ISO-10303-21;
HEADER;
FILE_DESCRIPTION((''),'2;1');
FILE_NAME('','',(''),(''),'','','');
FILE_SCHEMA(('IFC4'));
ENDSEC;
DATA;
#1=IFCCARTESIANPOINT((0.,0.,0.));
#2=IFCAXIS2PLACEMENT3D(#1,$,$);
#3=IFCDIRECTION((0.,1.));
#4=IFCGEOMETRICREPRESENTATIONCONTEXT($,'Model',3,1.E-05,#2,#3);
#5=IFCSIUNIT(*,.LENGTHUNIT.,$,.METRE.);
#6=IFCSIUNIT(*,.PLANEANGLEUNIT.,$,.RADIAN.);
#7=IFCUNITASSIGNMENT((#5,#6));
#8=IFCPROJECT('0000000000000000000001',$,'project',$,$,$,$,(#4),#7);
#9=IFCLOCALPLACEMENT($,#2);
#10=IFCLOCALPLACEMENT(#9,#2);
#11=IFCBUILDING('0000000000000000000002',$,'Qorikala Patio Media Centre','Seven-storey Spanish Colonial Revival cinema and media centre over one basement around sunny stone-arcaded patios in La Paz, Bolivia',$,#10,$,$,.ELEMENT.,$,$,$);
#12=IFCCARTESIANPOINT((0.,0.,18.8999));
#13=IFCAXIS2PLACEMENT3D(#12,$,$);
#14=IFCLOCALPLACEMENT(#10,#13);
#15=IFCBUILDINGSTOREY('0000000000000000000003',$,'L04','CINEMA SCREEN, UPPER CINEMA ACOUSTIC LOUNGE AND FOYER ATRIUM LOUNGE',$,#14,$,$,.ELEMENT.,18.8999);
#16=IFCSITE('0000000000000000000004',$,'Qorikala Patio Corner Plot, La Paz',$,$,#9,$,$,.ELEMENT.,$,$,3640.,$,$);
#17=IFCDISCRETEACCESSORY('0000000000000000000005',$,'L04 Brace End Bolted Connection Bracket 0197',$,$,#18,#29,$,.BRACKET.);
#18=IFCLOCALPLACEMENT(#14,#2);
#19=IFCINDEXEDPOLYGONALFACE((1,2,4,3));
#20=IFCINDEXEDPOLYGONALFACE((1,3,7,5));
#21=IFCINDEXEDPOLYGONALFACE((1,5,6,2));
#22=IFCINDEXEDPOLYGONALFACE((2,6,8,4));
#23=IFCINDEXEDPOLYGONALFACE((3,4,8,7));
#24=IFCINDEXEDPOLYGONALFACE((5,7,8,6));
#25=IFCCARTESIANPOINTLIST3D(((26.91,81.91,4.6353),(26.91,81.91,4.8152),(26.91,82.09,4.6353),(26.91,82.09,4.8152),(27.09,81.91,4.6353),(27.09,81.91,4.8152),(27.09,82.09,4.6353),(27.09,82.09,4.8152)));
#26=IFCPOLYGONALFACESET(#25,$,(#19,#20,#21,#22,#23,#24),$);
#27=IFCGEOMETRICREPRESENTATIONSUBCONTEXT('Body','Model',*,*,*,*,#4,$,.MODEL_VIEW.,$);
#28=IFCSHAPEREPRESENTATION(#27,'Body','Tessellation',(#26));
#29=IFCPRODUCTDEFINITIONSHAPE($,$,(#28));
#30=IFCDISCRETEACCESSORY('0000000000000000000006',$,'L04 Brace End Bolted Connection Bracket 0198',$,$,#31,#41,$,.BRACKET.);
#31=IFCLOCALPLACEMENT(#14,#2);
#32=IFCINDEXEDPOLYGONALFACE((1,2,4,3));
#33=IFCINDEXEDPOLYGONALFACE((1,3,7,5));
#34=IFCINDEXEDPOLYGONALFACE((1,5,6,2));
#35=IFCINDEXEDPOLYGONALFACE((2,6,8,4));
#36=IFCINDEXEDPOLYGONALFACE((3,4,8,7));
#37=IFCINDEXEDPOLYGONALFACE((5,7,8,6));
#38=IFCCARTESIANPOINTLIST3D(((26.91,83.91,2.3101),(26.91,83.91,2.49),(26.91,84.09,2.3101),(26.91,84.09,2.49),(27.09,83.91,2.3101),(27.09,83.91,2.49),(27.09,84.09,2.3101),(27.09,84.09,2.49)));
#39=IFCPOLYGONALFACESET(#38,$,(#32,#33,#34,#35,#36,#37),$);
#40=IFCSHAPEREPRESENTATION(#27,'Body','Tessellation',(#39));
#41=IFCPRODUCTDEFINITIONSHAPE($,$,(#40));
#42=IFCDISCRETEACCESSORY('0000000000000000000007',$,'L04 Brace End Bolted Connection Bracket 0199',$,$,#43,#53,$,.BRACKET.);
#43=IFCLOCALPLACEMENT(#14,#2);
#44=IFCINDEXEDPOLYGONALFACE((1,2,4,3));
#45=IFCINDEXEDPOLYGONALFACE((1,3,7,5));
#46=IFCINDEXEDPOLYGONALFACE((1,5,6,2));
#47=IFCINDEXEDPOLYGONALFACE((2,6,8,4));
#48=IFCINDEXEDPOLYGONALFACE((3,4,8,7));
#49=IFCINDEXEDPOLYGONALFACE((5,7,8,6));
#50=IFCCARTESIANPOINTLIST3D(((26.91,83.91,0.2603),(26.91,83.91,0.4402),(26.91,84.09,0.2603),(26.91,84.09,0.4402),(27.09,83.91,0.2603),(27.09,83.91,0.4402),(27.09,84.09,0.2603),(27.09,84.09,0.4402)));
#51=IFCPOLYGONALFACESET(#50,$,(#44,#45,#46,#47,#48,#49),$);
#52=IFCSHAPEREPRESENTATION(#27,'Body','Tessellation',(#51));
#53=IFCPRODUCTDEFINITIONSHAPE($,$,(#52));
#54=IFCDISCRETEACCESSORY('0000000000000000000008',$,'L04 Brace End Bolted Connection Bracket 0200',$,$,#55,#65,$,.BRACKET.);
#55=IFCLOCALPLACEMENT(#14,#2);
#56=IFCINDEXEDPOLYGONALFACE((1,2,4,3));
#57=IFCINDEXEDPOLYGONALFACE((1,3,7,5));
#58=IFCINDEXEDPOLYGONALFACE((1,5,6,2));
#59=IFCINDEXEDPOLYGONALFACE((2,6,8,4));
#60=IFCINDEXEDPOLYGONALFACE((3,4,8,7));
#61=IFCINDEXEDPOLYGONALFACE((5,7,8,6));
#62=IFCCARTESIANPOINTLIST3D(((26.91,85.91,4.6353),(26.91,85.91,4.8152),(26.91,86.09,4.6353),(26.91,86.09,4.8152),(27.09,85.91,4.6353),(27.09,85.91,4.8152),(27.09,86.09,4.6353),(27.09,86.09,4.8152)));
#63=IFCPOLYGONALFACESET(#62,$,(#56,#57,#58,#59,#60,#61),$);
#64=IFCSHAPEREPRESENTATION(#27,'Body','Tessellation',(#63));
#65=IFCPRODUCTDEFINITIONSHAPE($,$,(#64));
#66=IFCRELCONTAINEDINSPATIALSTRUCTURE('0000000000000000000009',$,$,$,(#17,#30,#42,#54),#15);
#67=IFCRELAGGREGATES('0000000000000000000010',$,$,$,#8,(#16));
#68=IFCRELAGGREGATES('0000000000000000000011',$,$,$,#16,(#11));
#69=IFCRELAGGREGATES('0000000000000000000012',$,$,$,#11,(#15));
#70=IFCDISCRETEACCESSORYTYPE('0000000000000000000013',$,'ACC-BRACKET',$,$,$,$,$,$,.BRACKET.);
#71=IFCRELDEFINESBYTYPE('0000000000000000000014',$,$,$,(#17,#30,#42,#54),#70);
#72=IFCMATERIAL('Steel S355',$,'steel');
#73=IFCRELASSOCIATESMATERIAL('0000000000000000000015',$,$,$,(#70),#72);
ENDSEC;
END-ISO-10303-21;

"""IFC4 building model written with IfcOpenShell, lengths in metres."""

from ifc_helpers import new_model, si_unit, direction, frame, origin, origin_2d, place, context, subcontext, project, spatial, rectangle, extrude, material, type_object, element, save


model = new_model("IFC4")

# Units and contexts
model_context = context("Model", 3, precision=1e-05, world=origin(), true_north=direction((0.0, 1.0)))
body_context = subcontext(model_context, "Body", "Model", "MODEL_VIEW")
ifc_project = project(units=[si_unit("LENGTHUNIT", "METRE"), si_unit("PLANEANGLEUNIT", "RADIAN")], contexts=[model_context])

# Site, building, storey
site_placement = place(None, origin())
site = spatial("IfcSite", under=ifc_project, at=site_placement, Name="Qorikala Patio Corner Plot, La Paz", CompositionType="ELEMENT", RefElevation=3640.0)
building_placement = place(site_placement, origin())
building = spatial("IfcBuilding", under=site, at=building_placement, Name="Qorikala Patio Media Centre", Description="Seven-storey Spanish Colonial Revival cinema and media centre over one basement around sunny stone-arcaded patios in La Paz, Bolivia", CompositionType="ELEMENT")
storey_placement = place(building_placement, frame((0.0, 0.0, 18.8999)))
storey = spatial("IfcBuildingStorey", under=building, at=storey_placement, Name="L04", Description="CINEMA SCREEN, UPPER CINEMA ACOUSTIC LOUNGE AND FOYER ATRIUM LOUNGE", CompositionType="ELEMENT", Elevation=18.8999)

# Shared definitions
ifc_material_1 = material(Name="Steel S355", Category="steel")

# Discrete accessories
discrete_accessory_type = type_object("IfcDiscreteAccessoryType", Name="ACC-BRACKET", PredefinedType="BRACKET", material=ifc_material_1)
for number, where, z_axis, x_axis, name in (
    (1, (27.0, 82.0, 4.6353), (0.0, 0.0, 1.0), (1.0, 0.0, 0.0), "L04 Brace End Bolted Connection Bracket 0197"),
    (2, (27.0, 84.0, 2.3101), (0.0, 0.0, 1.0), (1.0, 0.0, 0.0), "L04 Brace End Bolted Connection Bracket 0198"),
    (3, (27.0, 84.0, 0.2603), (0.0, 0.0, 1.0), (1.0, 0.0, 0.0), "L04 Brace End Bolted Connection Bracket 0199"),
    (4, (27.0, 86.0, 4.6353), (0.0, 0.0, 1.0), (1.0, 0.0, 0.0), "L04 Brace End Bolted Connection Bracket 0200"),
):
    element("IfcDiscreteAccessory", number, at=place(storey_placement, frame(where, z_axis=z_axis, x_axis=x_axis)), inside=storey, type_object=discrete_accessory_type, Name=name, PredefinedType="BRACKET", context=body_context, shape_type="SweptSolid", body=[
        extrude(rectangle(XDim=0.1799, YDim=0.1799, at=origin_2d()), origin(), (0.0, 0.0, 1.0), 0.1799),
    ])

save(model, "model.ifc")
